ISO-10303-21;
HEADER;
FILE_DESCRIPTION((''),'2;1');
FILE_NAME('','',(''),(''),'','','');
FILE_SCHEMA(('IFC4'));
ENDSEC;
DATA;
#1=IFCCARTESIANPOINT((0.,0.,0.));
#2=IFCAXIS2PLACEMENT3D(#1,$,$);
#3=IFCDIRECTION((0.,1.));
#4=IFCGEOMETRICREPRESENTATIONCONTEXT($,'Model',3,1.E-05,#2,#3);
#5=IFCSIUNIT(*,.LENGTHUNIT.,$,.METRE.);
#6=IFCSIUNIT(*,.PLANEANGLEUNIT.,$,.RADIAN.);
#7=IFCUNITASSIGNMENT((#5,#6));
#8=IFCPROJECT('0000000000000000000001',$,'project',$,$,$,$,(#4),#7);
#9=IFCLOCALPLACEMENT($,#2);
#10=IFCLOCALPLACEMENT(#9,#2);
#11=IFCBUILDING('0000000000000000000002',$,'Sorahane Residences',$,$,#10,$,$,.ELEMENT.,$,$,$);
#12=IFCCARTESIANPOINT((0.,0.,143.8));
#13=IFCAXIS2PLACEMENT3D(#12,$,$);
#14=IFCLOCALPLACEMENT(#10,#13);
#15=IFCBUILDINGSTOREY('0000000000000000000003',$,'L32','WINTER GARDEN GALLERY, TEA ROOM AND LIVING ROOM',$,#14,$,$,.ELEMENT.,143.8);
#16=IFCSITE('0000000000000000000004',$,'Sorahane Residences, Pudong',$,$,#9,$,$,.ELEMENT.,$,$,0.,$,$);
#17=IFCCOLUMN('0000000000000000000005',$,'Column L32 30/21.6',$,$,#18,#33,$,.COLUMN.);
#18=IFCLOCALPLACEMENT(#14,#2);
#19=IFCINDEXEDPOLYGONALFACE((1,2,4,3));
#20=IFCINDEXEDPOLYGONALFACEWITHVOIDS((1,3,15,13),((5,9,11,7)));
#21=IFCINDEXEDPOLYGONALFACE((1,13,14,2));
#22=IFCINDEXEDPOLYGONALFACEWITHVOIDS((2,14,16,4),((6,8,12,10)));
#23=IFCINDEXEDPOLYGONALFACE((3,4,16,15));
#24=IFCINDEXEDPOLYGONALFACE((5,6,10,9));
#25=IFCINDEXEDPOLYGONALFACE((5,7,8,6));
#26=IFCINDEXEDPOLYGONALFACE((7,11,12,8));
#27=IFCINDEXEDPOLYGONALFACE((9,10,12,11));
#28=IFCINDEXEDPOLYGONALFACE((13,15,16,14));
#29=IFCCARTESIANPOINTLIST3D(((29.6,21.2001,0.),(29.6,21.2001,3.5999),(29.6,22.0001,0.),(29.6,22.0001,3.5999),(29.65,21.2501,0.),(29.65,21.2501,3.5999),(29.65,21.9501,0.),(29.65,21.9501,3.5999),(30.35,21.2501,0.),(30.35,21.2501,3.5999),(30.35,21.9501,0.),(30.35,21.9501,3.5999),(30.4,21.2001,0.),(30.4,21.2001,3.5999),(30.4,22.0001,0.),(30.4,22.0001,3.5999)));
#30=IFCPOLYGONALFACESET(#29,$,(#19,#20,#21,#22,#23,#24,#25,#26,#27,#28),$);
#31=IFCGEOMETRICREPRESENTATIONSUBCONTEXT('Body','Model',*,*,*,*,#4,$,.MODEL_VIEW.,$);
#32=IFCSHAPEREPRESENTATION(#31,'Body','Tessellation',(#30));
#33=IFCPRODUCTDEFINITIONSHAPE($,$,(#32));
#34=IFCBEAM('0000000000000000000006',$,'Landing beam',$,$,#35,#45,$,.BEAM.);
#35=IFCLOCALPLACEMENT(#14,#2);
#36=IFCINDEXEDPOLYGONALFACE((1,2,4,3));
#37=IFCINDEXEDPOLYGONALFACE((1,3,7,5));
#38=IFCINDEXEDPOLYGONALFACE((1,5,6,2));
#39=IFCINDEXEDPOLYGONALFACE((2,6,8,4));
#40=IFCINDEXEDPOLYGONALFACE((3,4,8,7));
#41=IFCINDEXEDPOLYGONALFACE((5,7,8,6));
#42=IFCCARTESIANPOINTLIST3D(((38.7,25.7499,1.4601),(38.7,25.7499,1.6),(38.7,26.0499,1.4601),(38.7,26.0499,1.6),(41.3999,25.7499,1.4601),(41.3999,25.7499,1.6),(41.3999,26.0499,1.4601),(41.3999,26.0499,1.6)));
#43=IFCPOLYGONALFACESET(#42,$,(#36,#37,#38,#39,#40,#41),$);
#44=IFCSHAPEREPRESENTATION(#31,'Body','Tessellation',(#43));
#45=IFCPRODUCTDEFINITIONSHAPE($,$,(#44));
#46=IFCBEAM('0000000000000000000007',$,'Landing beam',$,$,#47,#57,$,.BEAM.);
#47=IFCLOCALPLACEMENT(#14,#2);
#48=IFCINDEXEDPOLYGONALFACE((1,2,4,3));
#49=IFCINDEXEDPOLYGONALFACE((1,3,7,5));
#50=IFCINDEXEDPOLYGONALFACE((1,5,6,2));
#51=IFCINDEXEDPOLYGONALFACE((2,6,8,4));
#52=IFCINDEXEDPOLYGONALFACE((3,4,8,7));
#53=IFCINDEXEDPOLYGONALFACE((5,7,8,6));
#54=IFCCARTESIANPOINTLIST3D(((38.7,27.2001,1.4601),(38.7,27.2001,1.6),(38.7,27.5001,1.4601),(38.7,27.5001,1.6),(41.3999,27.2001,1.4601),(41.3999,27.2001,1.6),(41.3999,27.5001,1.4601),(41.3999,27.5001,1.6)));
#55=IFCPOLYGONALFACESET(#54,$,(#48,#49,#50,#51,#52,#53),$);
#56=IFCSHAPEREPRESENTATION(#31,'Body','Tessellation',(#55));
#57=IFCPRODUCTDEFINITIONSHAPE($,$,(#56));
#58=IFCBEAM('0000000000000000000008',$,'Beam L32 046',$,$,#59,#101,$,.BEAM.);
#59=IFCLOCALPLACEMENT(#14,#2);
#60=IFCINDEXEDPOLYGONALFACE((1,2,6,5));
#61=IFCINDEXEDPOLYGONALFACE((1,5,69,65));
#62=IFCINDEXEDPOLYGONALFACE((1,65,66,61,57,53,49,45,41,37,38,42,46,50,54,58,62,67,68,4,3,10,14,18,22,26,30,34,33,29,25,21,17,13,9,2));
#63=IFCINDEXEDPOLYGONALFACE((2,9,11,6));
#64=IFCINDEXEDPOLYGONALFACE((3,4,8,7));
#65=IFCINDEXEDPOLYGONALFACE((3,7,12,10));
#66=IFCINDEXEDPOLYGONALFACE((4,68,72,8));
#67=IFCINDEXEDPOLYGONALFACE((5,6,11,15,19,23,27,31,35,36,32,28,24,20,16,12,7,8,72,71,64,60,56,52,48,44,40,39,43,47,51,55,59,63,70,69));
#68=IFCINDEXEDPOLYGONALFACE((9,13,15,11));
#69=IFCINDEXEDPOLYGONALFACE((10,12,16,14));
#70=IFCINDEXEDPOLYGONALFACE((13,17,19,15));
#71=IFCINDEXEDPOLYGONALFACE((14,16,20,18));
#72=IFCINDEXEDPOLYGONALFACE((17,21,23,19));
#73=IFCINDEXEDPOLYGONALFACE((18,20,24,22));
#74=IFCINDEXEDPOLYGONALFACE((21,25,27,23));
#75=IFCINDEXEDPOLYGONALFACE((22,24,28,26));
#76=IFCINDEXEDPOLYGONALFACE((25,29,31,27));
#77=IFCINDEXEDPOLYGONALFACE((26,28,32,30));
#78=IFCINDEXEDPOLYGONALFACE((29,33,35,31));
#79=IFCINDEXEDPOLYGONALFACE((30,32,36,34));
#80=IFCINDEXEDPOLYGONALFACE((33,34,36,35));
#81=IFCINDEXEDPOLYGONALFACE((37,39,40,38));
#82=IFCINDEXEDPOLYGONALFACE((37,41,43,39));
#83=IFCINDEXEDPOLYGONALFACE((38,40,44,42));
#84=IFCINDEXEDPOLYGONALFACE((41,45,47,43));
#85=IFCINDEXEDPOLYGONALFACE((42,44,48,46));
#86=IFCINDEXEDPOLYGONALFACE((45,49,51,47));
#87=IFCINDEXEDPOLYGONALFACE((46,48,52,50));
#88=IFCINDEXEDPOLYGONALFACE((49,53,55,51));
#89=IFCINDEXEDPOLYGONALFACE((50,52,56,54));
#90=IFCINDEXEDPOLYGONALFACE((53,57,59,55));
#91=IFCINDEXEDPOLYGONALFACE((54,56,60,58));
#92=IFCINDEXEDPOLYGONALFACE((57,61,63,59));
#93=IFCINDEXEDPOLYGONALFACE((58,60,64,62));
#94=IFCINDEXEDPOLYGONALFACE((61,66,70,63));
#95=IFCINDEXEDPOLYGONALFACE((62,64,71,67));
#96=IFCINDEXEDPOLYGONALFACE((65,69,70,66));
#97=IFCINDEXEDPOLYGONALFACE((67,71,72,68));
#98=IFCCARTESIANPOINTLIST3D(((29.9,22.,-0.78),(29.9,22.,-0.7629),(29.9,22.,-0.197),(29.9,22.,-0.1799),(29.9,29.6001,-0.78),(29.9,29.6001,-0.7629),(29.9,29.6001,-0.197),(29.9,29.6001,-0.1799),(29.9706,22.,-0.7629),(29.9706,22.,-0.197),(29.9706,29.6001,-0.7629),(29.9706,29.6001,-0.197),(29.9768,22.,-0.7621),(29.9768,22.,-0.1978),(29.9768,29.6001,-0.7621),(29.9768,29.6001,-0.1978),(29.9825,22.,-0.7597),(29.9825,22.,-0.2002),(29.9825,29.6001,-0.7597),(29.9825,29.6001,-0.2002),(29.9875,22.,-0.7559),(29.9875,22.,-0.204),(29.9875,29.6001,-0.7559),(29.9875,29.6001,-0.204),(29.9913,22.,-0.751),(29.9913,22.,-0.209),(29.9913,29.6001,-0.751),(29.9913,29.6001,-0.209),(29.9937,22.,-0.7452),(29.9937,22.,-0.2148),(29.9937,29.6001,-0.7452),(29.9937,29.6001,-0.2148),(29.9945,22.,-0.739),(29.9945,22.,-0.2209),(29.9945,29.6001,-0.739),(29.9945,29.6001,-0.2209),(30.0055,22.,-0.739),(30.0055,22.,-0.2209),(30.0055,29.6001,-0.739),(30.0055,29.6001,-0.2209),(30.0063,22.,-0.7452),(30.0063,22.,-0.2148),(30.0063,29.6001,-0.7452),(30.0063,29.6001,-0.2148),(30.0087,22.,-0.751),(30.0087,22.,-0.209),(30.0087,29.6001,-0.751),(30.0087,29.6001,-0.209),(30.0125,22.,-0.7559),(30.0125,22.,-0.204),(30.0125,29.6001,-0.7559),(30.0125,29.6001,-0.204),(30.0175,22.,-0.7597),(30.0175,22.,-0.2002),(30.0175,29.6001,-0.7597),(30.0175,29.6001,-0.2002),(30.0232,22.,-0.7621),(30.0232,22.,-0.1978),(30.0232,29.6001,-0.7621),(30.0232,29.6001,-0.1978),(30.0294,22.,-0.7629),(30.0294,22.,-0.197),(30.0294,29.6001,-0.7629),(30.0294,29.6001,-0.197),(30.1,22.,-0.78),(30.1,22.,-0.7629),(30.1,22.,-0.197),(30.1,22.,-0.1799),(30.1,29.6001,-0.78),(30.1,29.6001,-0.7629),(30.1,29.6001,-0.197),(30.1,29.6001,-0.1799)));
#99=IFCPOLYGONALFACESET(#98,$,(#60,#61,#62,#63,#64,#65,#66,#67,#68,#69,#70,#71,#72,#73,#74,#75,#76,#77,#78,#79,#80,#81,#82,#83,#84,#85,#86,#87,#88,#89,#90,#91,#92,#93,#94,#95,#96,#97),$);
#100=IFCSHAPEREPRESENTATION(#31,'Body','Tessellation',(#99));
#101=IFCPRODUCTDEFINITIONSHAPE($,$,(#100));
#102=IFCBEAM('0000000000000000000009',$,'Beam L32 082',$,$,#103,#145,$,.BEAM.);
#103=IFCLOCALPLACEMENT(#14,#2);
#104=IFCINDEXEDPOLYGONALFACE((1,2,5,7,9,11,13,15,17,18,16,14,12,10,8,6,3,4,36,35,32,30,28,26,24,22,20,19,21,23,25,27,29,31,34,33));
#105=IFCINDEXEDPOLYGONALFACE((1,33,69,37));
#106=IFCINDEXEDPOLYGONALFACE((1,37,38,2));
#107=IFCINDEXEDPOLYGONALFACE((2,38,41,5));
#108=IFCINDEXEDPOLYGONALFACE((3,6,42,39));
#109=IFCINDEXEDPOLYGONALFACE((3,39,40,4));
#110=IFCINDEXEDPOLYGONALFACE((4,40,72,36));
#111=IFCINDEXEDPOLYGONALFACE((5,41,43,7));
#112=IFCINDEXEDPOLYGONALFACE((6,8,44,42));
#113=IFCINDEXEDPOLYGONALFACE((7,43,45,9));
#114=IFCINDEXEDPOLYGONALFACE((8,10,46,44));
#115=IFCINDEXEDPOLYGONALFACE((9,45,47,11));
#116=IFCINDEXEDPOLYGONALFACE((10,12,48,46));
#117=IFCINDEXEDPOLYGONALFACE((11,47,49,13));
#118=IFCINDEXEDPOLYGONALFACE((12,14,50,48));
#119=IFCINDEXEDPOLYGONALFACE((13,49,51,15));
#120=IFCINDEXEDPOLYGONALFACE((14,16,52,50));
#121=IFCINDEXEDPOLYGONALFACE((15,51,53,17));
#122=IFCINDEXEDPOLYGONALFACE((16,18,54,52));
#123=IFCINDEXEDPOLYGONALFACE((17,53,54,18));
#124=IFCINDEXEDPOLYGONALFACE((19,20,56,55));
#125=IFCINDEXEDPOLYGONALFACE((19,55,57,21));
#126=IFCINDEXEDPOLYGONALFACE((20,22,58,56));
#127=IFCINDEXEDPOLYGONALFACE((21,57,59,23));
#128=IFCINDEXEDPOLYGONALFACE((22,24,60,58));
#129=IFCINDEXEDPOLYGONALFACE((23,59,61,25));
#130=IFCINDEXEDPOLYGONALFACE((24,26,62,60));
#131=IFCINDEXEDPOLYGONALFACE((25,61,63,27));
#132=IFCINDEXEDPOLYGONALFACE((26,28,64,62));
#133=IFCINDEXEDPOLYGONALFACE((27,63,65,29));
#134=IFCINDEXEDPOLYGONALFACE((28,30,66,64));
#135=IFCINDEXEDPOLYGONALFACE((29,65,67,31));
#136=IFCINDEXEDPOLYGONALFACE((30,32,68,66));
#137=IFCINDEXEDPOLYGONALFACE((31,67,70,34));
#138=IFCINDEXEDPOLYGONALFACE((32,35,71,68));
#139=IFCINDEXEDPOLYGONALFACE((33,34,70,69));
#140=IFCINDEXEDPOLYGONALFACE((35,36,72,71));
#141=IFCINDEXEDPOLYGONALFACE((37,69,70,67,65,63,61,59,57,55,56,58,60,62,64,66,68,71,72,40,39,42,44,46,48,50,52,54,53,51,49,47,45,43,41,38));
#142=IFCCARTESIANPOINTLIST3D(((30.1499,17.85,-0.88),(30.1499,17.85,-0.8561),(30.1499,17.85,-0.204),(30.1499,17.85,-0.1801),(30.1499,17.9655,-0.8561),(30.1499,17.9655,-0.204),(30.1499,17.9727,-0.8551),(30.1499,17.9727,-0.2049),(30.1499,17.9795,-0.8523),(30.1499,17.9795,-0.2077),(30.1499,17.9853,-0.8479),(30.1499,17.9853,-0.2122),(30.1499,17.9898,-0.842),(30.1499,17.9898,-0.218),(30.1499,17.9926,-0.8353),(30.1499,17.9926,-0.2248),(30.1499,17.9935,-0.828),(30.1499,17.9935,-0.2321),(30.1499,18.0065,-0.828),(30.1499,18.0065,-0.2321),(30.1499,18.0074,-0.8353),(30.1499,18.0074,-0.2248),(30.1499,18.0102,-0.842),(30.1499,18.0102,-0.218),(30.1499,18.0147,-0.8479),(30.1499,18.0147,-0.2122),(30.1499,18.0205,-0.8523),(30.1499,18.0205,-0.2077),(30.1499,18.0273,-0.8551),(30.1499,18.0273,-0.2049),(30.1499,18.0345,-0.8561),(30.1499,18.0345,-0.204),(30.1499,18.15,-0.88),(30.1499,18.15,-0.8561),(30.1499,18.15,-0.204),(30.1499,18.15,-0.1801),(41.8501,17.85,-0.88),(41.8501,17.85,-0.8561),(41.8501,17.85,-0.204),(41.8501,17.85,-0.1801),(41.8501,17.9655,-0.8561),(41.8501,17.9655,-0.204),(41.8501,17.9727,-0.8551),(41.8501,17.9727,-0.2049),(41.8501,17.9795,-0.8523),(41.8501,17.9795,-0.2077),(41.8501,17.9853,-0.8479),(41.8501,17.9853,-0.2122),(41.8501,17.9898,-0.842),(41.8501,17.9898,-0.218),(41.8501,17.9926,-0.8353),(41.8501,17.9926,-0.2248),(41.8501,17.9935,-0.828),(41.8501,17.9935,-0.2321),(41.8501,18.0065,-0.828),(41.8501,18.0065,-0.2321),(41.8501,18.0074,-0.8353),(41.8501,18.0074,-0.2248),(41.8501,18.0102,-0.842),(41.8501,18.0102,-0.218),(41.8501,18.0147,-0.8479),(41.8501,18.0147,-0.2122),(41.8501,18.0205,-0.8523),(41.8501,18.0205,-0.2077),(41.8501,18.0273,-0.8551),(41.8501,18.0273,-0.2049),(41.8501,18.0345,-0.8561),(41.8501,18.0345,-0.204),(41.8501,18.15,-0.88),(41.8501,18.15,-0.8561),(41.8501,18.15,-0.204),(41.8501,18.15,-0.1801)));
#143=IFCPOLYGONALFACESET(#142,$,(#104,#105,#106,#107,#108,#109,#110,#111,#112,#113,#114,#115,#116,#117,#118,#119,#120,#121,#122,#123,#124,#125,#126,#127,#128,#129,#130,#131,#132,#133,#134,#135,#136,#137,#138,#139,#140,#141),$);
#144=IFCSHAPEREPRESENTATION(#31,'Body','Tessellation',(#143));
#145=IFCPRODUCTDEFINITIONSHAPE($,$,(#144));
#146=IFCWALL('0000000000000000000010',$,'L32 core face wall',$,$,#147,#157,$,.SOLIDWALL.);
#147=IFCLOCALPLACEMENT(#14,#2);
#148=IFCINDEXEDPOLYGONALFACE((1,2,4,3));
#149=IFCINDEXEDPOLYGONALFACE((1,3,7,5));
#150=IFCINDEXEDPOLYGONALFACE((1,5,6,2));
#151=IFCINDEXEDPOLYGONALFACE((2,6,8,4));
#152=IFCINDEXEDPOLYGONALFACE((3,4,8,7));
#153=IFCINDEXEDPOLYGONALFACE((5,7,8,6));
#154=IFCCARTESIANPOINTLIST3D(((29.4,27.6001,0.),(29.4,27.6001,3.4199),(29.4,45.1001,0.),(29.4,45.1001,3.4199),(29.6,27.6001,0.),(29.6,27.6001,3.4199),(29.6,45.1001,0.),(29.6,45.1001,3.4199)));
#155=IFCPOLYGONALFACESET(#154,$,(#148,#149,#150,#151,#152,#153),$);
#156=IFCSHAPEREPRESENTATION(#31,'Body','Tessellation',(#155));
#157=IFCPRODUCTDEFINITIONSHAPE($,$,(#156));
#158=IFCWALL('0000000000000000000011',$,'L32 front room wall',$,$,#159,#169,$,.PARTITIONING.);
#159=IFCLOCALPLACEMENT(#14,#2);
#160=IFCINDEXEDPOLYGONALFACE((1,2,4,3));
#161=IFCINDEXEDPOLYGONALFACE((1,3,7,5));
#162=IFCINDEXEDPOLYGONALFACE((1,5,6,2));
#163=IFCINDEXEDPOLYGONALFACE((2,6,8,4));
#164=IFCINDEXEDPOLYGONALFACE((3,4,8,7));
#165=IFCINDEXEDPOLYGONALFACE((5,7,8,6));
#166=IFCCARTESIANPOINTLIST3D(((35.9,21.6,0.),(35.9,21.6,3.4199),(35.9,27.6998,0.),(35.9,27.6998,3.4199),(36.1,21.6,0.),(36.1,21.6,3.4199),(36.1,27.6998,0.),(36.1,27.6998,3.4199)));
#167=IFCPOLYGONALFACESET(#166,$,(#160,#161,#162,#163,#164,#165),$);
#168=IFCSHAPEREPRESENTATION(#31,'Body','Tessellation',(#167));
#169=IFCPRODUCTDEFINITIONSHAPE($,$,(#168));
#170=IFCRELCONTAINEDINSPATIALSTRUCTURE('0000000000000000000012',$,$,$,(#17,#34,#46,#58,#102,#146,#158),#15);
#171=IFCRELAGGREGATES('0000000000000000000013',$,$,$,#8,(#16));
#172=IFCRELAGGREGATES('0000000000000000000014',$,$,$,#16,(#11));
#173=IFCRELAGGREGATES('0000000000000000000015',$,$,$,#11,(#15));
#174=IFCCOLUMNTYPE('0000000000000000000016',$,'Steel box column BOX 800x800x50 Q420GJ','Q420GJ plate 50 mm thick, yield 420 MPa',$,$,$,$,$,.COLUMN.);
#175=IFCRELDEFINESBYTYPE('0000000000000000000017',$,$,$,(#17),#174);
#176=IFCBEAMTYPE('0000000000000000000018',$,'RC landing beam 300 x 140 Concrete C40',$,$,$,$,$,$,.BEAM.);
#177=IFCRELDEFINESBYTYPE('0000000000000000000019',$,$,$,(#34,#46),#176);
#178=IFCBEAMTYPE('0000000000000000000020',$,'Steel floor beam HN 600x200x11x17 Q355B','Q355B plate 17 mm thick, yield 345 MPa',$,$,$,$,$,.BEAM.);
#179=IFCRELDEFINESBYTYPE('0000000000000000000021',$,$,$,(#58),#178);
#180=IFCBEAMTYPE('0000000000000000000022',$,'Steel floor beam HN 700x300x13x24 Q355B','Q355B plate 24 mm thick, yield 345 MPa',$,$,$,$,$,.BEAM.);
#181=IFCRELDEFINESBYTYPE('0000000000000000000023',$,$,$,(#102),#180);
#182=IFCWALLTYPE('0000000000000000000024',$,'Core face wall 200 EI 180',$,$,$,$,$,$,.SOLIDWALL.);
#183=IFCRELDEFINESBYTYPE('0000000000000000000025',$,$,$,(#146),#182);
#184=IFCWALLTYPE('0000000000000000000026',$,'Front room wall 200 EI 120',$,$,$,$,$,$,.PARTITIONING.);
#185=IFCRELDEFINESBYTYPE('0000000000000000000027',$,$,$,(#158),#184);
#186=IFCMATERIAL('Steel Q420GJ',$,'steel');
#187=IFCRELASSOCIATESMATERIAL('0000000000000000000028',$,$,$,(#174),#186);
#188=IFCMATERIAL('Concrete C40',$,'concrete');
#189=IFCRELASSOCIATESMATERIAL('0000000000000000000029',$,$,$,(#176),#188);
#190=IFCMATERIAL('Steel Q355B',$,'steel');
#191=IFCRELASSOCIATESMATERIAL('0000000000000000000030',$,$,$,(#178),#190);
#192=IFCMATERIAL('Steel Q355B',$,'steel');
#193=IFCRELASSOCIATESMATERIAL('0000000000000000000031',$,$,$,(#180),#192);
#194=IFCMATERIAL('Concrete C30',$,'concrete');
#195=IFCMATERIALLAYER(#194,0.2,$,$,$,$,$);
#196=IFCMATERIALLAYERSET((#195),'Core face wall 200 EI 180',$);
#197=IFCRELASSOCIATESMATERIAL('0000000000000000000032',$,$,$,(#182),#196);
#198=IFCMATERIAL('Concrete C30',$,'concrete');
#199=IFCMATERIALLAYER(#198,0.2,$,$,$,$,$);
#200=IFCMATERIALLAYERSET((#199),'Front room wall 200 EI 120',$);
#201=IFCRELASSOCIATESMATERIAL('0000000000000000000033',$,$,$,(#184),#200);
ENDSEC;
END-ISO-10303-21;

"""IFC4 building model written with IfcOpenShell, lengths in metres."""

from ifc_helpers import new_model, si_unit, direction, frame, frame_2d, origin, origin_2d, place, context, subcontext, project, spatial, rectangle, hollow_rectangle, i_section, extrude, material, layer, layer_set, material_profile, profile_set, type_object, element, save


model = new_model("IFC4")

# Units and contexts
model_context = context("Model", 3, precision=1e-05, world=origin(), true_north=direction((0.0, 1.0)))
body_context = subcontext(model_context, "Body", "Model", "MODEL_VIEW")
ifc_project = project(units=[si_unit("LENGTHUNIT", "METRE"), si_unit("PLANEANGLEUNIT", "RADIAN")], contexts=[model_context])

# Site, building, storey
site_placement = place(None, origin())
site = spatial("IfcSite", under=ifc_project, at=site_placement, Name="Sorahane Residences, Pudong", CompositionType="ELEMENT", RefElevation=0.0)
building_placement = place(site_placement, origin())
building = spatial("IfcBuilding", under=site, at=building_placement, Name="Sorahane Residences", CompositionType="ELEMENT")
storey_placement = place(building_placement, frame((0.0, 0.0, 143.8)))
storey = spatial("IfcBuildingStorey", under=building, at=storey_placement, Name="L32", Description="WINTER GARDEN GALLERY, TEA ROOM AND LIVING ROOM", CompositionType="ELEMENT", Elevation=143.8)

# Column
ifc_material_1 = material(Name="Steel Q420GJ", Category="steel")
ifc_material_profile_1 = material_profile(ifc_material_1, hollow_rectangle(XDim=0.8, YDim=0.8, WallThickness=0.05, at=origin_2d()), Name="BOX 800x800x50")
ifc_profile_set_1 = profile_set([ifc_material_profile_1], Name="Steel Q420GJ")
column_type = type_object("IfcColumnType", Name="Steel box column BOX 800x800x50 Q420GJ", Description="Q420GJ plate 50 mm thick, yield 420 MPa", PredefinedType="COLUMN", material=ifc_profile_set_1)
column_placement = place(storey_placement, frame((30.0, 21.6001, 0.0), z_axis=(0.0, 0.0, 1.0), x_axis=(1.0, 0.0, 0.0)))
element("IfcColumn", 1, at=column_placement, inside=storey, type_object=column_type, Name="Column L32 30/21.6", PredefinedType="COLUMN", context=body_context, shape_type="SweptSolid", body=[
    extrude(hollow_rectangle(XDim=0.8, YDim=0.8, WallThickness=0.05, at=origin_2d()), origin(), (0.0, 0.0, 1.0), 3.5999),
])

# Beams
ifc_material_2 = material(Name="Concrete C40", Category="concrete")
ifc_material_profile_2 = material_profile(ifc_material_2, rectangle(XDim=0.3, YDim=0.1399, at=origin_2d()), Name="300x140")
ifc_profile_set_2 = profile_set([ifc_material_profile_2], Name="Concrete C40")
beam_type_1 = type_object("IfcBeamType", Name="RC landing beam 300 x 140 Concrete C40", PredefinedType="BEAM", material=ifc_profile_set_2)
for number, where, z_axis, x_axis, name in (
    (2, (38.7, 25.8999, 1.53), (1.0, 0.0, 0.0), (0.0, 1.0, 0.0), "Landing beam"),
    (3, (38.7, 27.3501, 1.53), (1.0, 0.0, 0.0), (0.0, 1.0, 0.0), "Landing beam"),
):
    element("IfcBeam", number, at=place(storey_placement, frame(where, z_axis=z_axis, x_axis=x_axis)), inside=storey, type_object=beam_type_1, Name=name, PredefinedType="BEAM", context=body_context, shape_type="SweptSolid", body=[
        extrude(rectangle(XDim=0.3, YDim=0.1399, at=origin_2d()), origin(), (0.0, 0.0, 1.0), 2.7),
    ])
ifc_material_3 = material(Name="Steel Q355B", Category="steel")
ifc_material_profile_3 = material_profile(ifc_material_3, i_section(OverallWidth=0.2, OverallDepth=0.6001, WebThickness=0.011, FlangeThickness=0.0171, FilletRadius=0.0239, at=origin_2d()), Name="HN 600x200x11x17")
ifc_profile_set_3 = profile_set([ifc_material_profile_3], Name="Steel Q355B")
beam_type_2 = type_object("IfcBeamType", Name="Steel floor beam HN 600x200x11x17 Q355B", Description="Q355B plate 17 mm thick, yield 345 MPa", PredefinedType="BEAM", material=ifc_profile_set_3)
beam_1_placement = place(storey_placement, frame((30.0, 22.0, -0.48), z_axis=(0.0, 1.0, 0.0), x_axis=(-1.0, 0.0, 0.0)))
element("IfcBeam", 4, at=beam_1_placement, inside=storey, type_object=beam_type_2, Name="Beam L32 046", PredefinedType="BEAM", context=body_context, shape_type="SweptSolid", body=[
    extrude(i_section(OverallWidth=0.2, OverallDepth=0.6001, WebThickness=0.011, FlangeThickness=0.0171, FilletRadius=0.0239, at=origin_2d()), origin(), (0.0, 0.0, 1.0), 7.6001),
])
ifc_material_4 = material(Name="Steel Q355B", Category="steel")
ifc_material_profile_4 = material_profile(ifc_material_4, i_section(OverallWidth=0.3, OverallDepth=0.7, WebThickness=0.0129, FlangeThickness=0.0239, FilletRadius=0.0281, at=origin_2d()), Name="HN 700x300x13x24")
ifc_profile_set_4 = profile_set([ifc_material_profile_4], Name="Steel Q355B")
beam_type_3 = type_object("IfcBeamType", Name="Steel floor beam HN 700x300x13x24 Q355B", Description="Q355B plate 24 mm thick, yield 345 MPa", PredefinedType="BEAM", material=ifc_profile_set_4)
beam_2_placement = place(storey_placement, frame((30.1499, 18.0, -0.53), z_axis=(1.0, 0.0, 0.0), x_axis=(0.0, 1.0, 0.0)))
element("IfcBeam", 5, at=beam_2_placement, inside=storey, type_object=beam_type_3, Name="Beam L32 082", PredefinedType="BEAM", context=body_context, shape_type="SweptSolid", body=[
    extrude(i_section(OverallWidth=0.3, OverallDepth=0.7, WebThickness=0.0129, FlangeThickness=0.0239, FilletRadius=0.0281, at=origin_2d()), origin(), (0.0, 0.0, 1.0), 11.7002),
])

# Walls
ifc_material_5 = material(Name="Concrete C30", Category="concrete")
ifc_layer_1 = layer(ifc_material_5, 0.2)
ifc_layer_set_1 = layer_set([ifc_layer_1], Name="Core face wall 200 EI 180")
wall_type_1 = type_object("IfcWallType", Name="Core face wall 200 EI 180", PredefinedType="SOLIDWALL", material=ifc_layer_set_1)
wall_1_placement = place(storey_placement, frame((29.5, 27.6001, 0.0), z_axis=(0.0, 0.0, 1.0), x_axis=(0.0, 1.0, 0.0)))
element("IfcWall", 6, at=wall_1_placement, inside=storey, type_object=wall_type_1, Name="L32 core face wall", PredefinedType="SOLIDWALL", context=body_context, shape_type="SweptSolid", body=[
    extrude(rectangle(XDim=17.5, YDim=0.2, at=frame_2d((8.75, 0.0))), origin(), (0.0, 0.0, 1.0), 3.4199),
])
ifc_material_6 = material(Name="Concrete C30", Category="concrete")
ifc_layer_2 = layer(ifc_material_6, 0.2)
ifc_layer_set_2 = layer_set([ifc_layer_2], Name="Front room wall 200 EI 120")
wall_type_2 = type_object("IfcWallType", Name="Front room wall 200 EI 120", PredefinedType="PARTITIONING", material=ifc_layer_set_2)
wall_2_placement = place(storey_placement, frame((36.0, 21.6001, 0.0), z_axis=(0.0, 0.0, 1.0), x_axis=(0.0, 1.0, 0.0)))
element("IfcWall", 7, at=wall_2_placement, inside=storey, type_object=wall_type_2, Name="L32 front room wall", PredefinedType="PARTITIONING", context=body_context, shape_type="SweptSolid", body=[
    extrude(rectangle(XDim=6.0999, YDim=0.2, at=frame_2d((3.0498, 0.0))), origin(), (0.0, 0.0, 1.0), 3.4199),
])

save(model, "model.ifc")
